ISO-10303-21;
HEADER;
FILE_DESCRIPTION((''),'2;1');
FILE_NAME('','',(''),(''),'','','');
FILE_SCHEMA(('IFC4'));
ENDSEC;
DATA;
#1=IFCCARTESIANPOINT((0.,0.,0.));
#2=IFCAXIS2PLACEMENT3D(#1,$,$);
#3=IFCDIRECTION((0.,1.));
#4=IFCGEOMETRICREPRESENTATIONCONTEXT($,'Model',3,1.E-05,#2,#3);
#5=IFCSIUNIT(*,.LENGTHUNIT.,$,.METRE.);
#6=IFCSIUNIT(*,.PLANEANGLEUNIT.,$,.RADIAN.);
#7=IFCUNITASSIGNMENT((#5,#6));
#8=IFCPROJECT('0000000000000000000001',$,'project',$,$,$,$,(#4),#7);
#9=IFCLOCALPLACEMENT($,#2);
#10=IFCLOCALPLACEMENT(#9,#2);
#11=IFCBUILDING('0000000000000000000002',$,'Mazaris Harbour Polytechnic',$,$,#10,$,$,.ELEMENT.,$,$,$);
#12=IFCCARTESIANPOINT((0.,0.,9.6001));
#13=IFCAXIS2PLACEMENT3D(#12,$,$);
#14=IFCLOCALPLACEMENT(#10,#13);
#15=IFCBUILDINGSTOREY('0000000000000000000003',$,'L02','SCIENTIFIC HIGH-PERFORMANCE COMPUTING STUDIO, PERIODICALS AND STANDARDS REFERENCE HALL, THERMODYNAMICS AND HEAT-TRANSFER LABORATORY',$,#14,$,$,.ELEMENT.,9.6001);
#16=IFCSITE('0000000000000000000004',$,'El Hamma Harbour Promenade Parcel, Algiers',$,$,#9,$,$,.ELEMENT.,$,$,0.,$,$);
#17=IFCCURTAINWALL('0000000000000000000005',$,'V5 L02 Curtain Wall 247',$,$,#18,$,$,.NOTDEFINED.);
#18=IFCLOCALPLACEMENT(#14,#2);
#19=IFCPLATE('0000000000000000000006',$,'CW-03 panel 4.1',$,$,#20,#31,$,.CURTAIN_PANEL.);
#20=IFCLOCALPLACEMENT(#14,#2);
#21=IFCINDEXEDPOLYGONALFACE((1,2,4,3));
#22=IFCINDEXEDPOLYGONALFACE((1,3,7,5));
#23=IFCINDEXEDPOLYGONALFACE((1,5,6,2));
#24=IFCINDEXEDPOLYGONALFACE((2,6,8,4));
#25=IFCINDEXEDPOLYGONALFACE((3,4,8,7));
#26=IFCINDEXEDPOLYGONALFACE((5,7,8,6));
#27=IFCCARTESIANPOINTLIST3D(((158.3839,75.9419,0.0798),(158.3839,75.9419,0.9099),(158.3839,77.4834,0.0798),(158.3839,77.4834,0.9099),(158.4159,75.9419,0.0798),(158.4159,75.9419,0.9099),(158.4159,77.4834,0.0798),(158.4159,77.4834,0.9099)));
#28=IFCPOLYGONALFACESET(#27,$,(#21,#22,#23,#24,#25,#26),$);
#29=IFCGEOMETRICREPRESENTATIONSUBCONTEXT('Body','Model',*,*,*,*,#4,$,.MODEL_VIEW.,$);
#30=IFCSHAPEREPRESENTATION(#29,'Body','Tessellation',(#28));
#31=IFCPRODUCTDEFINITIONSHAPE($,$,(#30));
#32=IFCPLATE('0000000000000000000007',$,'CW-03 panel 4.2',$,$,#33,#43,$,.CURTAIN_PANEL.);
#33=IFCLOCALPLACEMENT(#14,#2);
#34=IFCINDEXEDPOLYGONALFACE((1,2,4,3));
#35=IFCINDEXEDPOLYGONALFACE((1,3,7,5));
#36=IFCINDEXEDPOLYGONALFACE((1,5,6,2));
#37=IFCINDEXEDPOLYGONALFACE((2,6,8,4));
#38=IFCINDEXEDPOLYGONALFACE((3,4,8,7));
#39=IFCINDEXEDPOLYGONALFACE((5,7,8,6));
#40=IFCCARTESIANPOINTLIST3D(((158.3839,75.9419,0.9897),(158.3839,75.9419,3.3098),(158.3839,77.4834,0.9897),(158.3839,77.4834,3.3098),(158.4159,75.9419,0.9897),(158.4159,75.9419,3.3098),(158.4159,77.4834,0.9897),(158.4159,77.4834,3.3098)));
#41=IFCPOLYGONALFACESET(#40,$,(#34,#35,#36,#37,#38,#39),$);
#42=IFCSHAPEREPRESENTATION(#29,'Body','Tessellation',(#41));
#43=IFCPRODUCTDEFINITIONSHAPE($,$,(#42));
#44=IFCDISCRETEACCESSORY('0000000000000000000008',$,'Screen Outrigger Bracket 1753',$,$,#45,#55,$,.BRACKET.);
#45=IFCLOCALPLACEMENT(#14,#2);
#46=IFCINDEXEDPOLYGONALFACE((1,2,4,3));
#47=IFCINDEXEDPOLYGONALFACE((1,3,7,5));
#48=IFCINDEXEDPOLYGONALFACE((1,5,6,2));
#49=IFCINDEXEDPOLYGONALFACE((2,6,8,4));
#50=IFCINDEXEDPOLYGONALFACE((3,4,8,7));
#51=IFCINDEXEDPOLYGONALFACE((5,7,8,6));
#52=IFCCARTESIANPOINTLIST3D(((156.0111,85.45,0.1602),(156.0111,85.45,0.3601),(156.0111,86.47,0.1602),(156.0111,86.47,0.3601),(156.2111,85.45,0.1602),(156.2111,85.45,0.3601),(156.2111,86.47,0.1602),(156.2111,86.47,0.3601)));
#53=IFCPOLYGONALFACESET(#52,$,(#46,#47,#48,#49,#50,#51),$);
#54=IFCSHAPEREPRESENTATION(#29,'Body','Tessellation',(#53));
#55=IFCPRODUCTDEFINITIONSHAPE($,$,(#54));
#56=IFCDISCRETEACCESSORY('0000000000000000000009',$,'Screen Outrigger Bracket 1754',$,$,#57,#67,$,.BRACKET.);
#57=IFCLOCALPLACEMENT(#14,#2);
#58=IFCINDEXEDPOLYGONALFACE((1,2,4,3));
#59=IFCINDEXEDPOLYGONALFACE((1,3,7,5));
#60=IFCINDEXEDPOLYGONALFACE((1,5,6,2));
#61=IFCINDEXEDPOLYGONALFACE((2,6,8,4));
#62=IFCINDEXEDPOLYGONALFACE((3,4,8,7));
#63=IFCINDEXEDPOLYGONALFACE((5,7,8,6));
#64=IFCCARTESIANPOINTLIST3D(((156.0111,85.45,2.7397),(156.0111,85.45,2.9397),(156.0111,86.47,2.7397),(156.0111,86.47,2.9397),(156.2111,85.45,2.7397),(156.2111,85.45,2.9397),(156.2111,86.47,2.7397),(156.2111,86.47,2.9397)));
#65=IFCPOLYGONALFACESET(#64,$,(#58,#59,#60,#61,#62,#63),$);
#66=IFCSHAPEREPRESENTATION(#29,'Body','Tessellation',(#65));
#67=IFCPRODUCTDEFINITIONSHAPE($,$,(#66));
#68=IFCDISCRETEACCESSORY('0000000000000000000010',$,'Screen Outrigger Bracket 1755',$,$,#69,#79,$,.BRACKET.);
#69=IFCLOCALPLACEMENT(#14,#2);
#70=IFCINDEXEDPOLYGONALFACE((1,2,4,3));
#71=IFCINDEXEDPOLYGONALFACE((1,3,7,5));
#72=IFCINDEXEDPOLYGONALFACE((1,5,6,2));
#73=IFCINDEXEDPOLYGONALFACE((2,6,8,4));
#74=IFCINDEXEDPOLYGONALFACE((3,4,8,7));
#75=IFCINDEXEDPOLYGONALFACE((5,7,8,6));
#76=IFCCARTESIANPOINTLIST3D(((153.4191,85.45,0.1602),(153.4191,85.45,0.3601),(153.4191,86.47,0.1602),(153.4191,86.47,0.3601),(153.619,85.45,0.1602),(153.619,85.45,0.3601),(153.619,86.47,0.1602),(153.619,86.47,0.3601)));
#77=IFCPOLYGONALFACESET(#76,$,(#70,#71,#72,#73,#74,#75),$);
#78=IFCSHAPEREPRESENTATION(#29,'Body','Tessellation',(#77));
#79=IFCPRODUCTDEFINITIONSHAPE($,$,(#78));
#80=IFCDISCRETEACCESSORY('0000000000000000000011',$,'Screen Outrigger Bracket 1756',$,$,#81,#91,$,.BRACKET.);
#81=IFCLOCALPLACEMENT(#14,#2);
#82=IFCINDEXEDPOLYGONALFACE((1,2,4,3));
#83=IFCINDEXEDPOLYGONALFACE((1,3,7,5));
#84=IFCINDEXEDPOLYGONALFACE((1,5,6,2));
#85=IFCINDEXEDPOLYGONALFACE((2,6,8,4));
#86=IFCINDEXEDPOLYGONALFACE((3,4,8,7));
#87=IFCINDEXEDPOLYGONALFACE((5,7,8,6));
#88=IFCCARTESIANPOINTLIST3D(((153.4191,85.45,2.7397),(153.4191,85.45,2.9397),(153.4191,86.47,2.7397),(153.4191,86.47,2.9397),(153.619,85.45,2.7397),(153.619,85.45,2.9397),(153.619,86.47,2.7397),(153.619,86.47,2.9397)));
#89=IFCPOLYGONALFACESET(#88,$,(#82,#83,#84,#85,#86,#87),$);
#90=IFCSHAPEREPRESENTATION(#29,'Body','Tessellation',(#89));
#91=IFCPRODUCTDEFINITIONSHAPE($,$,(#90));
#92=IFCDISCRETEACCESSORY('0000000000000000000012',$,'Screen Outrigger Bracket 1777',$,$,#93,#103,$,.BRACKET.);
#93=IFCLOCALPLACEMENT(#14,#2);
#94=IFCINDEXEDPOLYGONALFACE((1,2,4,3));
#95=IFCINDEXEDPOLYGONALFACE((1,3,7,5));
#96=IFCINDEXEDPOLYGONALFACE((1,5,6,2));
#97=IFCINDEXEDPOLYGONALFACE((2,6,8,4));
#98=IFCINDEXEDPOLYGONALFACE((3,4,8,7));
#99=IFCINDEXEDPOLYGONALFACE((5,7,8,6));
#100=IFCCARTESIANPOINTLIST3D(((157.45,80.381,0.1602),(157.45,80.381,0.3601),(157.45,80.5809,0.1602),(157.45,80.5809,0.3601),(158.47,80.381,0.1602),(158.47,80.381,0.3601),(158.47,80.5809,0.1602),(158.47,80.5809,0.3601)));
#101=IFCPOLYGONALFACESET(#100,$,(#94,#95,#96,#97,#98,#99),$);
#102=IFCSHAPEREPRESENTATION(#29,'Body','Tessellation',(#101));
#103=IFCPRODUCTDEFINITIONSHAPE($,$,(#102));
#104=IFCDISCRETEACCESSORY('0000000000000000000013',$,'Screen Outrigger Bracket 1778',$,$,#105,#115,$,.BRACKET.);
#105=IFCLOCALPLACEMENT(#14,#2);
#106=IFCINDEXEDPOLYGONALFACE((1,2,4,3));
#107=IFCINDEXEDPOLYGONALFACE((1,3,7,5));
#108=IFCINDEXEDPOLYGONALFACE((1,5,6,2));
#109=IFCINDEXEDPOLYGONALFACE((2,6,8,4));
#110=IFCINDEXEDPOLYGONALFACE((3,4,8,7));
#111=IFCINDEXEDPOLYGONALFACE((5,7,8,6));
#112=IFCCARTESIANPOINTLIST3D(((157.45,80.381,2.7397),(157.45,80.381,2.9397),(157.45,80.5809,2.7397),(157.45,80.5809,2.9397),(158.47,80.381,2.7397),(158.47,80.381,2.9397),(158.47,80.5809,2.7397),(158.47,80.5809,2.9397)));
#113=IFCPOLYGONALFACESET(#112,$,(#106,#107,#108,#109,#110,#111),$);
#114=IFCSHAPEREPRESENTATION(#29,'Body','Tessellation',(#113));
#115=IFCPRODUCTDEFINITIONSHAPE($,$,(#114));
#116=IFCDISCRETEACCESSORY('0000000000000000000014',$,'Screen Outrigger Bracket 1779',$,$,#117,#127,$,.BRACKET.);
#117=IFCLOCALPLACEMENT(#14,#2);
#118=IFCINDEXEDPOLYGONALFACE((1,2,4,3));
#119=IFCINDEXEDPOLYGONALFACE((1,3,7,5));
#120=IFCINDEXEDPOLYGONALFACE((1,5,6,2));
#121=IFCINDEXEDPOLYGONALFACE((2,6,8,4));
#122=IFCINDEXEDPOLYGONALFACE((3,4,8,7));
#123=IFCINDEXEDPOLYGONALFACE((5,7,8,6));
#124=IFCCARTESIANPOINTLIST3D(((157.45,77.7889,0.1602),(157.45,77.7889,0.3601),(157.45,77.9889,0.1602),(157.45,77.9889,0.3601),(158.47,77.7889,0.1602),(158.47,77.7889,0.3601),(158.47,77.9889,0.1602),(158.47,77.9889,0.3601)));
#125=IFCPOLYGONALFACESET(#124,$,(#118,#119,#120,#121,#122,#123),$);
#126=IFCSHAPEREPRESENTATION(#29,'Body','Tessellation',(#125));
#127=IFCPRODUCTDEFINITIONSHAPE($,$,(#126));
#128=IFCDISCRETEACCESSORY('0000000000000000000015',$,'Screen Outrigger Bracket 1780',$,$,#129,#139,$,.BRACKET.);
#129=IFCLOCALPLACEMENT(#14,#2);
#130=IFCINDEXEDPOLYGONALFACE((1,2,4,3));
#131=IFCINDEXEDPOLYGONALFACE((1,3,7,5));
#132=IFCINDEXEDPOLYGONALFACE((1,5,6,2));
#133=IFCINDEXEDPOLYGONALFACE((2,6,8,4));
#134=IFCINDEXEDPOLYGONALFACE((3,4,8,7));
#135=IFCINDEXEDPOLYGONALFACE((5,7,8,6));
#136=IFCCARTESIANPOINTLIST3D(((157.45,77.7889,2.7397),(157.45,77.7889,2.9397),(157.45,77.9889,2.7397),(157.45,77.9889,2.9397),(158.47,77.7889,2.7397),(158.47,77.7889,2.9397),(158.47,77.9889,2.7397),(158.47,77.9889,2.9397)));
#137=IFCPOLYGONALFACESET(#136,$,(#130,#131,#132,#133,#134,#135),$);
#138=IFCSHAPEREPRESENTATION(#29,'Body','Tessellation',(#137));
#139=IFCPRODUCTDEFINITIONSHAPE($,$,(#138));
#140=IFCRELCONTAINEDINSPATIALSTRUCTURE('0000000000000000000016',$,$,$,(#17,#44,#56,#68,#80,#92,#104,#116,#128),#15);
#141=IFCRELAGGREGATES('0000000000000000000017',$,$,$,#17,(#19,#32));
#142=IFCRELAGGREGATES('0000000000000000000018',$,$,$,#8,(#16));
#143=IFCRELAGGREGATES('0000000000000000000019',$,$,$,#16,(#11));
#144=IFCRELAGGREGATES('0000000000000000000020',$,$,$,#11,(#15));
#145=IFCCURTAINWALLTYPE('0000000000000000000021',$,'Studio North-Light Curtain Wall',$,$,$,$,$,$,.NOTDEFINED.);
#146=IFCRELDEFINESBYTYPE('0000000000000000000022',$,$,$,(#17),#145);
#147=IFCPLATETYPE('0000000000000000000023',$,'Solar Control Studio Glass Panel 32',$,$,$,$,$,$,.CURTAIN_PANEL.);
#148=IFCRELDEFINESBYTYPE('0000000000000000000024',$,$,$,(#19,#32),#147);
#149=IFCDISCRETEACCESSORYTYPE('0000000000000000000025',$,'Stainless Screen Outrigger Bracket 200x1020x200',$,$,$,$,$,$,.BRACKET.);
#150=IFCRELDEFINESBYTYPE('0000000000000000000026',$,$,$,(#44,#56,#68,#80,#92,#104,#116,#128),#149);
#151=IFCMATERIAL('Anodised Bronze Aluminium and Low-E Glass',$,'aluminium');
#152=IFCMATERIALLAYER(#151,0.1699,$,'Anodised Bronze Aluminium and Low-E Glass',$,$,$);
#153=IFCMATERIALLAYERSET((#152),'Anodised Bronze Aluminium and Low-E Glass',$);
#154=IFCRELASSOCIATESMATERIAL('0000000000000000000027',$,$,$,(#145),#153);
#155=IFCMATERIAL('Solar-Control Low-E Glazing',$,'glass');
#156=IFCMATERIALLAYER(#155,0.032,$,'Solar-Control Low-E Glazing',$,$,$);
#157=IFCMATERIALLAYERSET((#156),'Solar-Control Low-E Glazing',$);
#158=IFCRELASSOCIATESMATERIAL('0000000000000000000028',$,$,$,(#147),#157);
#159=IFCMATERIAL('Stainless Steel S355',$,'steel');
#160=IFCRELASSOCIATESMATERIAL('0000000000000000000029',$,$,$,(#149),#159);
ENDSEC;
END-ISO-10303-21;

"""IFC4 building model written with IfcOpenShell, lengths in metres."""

from ifc_helpers import new_model, si_unit, direction, frame, origin, origin_2d, place, context, subcontext, project, spatial, rectangle, extrude, material, layer, layer_set, type_object, element, aggregate, save


model = new_model("IFC4")

# Units and contexts
model_context = context("Model", 3, precision=1e-05, world=origin(), true_north=direction((0.0, 1.0)))
body_context = subcontext(model_context, "Body", "Model", "MODEL_VIEW")
ifc_project = project(units=[si_unit("LENGTHUNIT", "METRE"), si_unit("PLANEANGLEUNIT", "RADIAN")], contexts=[model_context])

# Site, building, storey
site_placement = place(None, origin())
site = spatial("IfcSite", under=ifc_project, at=site_placement, Name="El Hamma Harbour Promenade Parcel, Algiers", CompositionType="ELEMENT", RefElevation=0.0)
building_placement = place(site_placement, origin())
building = spatial("IfcBuilding", under=site, at=building_placement, Name="Mazaris Harbour Polytechnic", CompositionType="ELEMENT")
storey_placement = place(building_placement, frame((0.0, 0.0, 9.6001)))
storey = spatial("IfcBuildingStorey", under=building, at=storey_placement, Name="L02", Description="SCIENTIFIC HIGH-PERFORMANCE COMPUTING STUDIO, PERIODICALS AND STANDARDS REFERENCE HALL, THERMODYNAMICS AND HEAT-TRANSFER LABORATORY", CompositionType="ELEMENT", Elevation=9.6001)

# Curtain wall
ifc_material_1 = material(Name="Anodised Bronze Aluminium and Low-E Glass", Category="aluminium")
ifc_layer_1 = layer(ifc_material_1, 0.1699, Name="Anodised Bronze Aluminium and Low-E Glass")
ifc_layer_set_1 = layer_set([ifc_layer_1], Name="Anodised Bronze Aluminium and Low-E Glass")
curtain_wall_type = type_object("IfcCurtainWallType", Name="Studio North-Light Curtain Wall", PredefinedType="NOTDEFINED", material=ifc_layer_set_1)
curtain_wall_1_placement = place(storey_placement, origin())
curtain_wall_1 = element("IfcCurtainWall", 1, at=curtain_wall_1_placement, inside=storey, type_object=curtain_wall_type, Name="V5 L02 Curtain Wall 247", PredefinedType="NOTDEFINED")

# Plates
ifc_material_2 = material(Name="Solar-Control Low-E Glazing", Category="glass")
ifc_layer_2 = layer(ifc_material_2, 0.032, Name="Solar-Control Low-E Glazing")
ifc_layer_set_2 = layer_set([ifc_layer_2], Name="Solar-Control Low-E Glazing")
plate_type = type_object("IfcPlateType", Name="Solar Control Studio Glass Panel 32", PredefinedType="CURTAIN_PANEL", material=ifc_layer_set_2)
plate_1_placement = place(storey_placement, frame((158.3999, 76.7126, 0.0798), z_axis=(0.0, 0.0, 1.0), x_axis=(0.0, -1.0, 0.0)))
plate_1 = element("IfcPlate", 2, at=plate_1_placement, type_object=plate_type, Name="CW-03 panel 4.1", PredefinedType="CURTAIN_PANEL", context=body_context, shape_type="SweptSolid", body=[
    extrude(rectangle(XDim=1.5415, YDim=0.032, at=origin_2d()), origin(), (0.0, 0.0, 1.0), 0.8301),
])
plate_2_placement = place(storey_placement, frame((158.3999, 76.7126, 0.9897), z_axis=(0.0, 0.0, 1.0), x_axis=(0.0, -1.0, 0.0)))
plate_2 = element("IfcPlate", 3, at=plate_2_placement, type_object=plate_type, Name="CW-03 panel 4.2", PredefinedType="CURTAIN_PANEL", context=body_context, shape_type="SweptSolid", body=[
    extrude(rectangle(XDim=1.5415, YDim=0.032, at=origin_2d()), origin(), (0.0, 0.0, 1.0), 2.3201),
])
aggregate(curtain_wall_1, [plate_1, plate_2])

# Discrete accessories
ifc_material_3 = material(Name="Stainless Steel S355", Category="steel")
discrete_accessory_type = type_object("IfcDiscreteAccessoryType", Name="Stainless Screen Outrigger Bracket 200x1020x200", PredefinedType="BRACKET", material=ifc_material_3)
for number, where, z_axis, x_axis, name in (
    (4, (156.1111, 85.96, 0.1602), (0.0, 0.0, 1.0), (-1.0, 0.0, 0.0), "Screen Outrigger Bracket 1753"),
    (5, (156.1111, 85.96, 2.7397), (0.0, 0.0, 1.0), (-1.0, 0.0, 0.0), "Screen Outrigger Bracket 1754"),
    (6, (153.519, 85.96, 0.1602), (0.0, 0.0, 1.0), (-1.0, 0.0, 0.0), "Screen Outrigger Bracket 1755"),
    (7, (153.519, 85.96, 2.7397), (0.0, 0.0, 1.0), (-1.0, 0.0, 0.0), "Screen Outrigger Bracket 1756"),
    (8, (157.96, 80.481, 0.1602), (0.0, 0.0, 1.0), (0.0, -1.0, 0.0), "Screen Outrigger Bracket 1777"),
    (9, (157.96, 80.481, 2.7397), (0.0, 0.0, 1.0), (0.0, -1.0, 0.0), "Screen Outrigger Bracket 1778"),
    (10, (157.96, 77.8889, 0.1602), (0.0, 0.0, 1.0), (0.0, -1.0, 0.0), "Screen Outrigger Bracket 1779"),
    (11, (157.96, 77.8889, 2.7397), (0.0, 0.0, 1.0), (0.0, -1.0, 0.0), "Screen Outrigger Bracket 1780"),
):
    element("IfcDiscreteAccessory", number, at=place(storey_placement, frame(where, z_axis=z_axis, x_axis=x_axis)), inside=storey, type_object=discrete_accessory_type, Name=name, PredefinedType="BRACKET", context=body_context, shape_type="SweptSolid", body=[
        extrude(rectangle(XDim=0.2, YDim=1.02, at=origin_2d()), origin(), (0.0, 0.0, 1.0), 0.2),
    ])

save(model, "model.ifc")
